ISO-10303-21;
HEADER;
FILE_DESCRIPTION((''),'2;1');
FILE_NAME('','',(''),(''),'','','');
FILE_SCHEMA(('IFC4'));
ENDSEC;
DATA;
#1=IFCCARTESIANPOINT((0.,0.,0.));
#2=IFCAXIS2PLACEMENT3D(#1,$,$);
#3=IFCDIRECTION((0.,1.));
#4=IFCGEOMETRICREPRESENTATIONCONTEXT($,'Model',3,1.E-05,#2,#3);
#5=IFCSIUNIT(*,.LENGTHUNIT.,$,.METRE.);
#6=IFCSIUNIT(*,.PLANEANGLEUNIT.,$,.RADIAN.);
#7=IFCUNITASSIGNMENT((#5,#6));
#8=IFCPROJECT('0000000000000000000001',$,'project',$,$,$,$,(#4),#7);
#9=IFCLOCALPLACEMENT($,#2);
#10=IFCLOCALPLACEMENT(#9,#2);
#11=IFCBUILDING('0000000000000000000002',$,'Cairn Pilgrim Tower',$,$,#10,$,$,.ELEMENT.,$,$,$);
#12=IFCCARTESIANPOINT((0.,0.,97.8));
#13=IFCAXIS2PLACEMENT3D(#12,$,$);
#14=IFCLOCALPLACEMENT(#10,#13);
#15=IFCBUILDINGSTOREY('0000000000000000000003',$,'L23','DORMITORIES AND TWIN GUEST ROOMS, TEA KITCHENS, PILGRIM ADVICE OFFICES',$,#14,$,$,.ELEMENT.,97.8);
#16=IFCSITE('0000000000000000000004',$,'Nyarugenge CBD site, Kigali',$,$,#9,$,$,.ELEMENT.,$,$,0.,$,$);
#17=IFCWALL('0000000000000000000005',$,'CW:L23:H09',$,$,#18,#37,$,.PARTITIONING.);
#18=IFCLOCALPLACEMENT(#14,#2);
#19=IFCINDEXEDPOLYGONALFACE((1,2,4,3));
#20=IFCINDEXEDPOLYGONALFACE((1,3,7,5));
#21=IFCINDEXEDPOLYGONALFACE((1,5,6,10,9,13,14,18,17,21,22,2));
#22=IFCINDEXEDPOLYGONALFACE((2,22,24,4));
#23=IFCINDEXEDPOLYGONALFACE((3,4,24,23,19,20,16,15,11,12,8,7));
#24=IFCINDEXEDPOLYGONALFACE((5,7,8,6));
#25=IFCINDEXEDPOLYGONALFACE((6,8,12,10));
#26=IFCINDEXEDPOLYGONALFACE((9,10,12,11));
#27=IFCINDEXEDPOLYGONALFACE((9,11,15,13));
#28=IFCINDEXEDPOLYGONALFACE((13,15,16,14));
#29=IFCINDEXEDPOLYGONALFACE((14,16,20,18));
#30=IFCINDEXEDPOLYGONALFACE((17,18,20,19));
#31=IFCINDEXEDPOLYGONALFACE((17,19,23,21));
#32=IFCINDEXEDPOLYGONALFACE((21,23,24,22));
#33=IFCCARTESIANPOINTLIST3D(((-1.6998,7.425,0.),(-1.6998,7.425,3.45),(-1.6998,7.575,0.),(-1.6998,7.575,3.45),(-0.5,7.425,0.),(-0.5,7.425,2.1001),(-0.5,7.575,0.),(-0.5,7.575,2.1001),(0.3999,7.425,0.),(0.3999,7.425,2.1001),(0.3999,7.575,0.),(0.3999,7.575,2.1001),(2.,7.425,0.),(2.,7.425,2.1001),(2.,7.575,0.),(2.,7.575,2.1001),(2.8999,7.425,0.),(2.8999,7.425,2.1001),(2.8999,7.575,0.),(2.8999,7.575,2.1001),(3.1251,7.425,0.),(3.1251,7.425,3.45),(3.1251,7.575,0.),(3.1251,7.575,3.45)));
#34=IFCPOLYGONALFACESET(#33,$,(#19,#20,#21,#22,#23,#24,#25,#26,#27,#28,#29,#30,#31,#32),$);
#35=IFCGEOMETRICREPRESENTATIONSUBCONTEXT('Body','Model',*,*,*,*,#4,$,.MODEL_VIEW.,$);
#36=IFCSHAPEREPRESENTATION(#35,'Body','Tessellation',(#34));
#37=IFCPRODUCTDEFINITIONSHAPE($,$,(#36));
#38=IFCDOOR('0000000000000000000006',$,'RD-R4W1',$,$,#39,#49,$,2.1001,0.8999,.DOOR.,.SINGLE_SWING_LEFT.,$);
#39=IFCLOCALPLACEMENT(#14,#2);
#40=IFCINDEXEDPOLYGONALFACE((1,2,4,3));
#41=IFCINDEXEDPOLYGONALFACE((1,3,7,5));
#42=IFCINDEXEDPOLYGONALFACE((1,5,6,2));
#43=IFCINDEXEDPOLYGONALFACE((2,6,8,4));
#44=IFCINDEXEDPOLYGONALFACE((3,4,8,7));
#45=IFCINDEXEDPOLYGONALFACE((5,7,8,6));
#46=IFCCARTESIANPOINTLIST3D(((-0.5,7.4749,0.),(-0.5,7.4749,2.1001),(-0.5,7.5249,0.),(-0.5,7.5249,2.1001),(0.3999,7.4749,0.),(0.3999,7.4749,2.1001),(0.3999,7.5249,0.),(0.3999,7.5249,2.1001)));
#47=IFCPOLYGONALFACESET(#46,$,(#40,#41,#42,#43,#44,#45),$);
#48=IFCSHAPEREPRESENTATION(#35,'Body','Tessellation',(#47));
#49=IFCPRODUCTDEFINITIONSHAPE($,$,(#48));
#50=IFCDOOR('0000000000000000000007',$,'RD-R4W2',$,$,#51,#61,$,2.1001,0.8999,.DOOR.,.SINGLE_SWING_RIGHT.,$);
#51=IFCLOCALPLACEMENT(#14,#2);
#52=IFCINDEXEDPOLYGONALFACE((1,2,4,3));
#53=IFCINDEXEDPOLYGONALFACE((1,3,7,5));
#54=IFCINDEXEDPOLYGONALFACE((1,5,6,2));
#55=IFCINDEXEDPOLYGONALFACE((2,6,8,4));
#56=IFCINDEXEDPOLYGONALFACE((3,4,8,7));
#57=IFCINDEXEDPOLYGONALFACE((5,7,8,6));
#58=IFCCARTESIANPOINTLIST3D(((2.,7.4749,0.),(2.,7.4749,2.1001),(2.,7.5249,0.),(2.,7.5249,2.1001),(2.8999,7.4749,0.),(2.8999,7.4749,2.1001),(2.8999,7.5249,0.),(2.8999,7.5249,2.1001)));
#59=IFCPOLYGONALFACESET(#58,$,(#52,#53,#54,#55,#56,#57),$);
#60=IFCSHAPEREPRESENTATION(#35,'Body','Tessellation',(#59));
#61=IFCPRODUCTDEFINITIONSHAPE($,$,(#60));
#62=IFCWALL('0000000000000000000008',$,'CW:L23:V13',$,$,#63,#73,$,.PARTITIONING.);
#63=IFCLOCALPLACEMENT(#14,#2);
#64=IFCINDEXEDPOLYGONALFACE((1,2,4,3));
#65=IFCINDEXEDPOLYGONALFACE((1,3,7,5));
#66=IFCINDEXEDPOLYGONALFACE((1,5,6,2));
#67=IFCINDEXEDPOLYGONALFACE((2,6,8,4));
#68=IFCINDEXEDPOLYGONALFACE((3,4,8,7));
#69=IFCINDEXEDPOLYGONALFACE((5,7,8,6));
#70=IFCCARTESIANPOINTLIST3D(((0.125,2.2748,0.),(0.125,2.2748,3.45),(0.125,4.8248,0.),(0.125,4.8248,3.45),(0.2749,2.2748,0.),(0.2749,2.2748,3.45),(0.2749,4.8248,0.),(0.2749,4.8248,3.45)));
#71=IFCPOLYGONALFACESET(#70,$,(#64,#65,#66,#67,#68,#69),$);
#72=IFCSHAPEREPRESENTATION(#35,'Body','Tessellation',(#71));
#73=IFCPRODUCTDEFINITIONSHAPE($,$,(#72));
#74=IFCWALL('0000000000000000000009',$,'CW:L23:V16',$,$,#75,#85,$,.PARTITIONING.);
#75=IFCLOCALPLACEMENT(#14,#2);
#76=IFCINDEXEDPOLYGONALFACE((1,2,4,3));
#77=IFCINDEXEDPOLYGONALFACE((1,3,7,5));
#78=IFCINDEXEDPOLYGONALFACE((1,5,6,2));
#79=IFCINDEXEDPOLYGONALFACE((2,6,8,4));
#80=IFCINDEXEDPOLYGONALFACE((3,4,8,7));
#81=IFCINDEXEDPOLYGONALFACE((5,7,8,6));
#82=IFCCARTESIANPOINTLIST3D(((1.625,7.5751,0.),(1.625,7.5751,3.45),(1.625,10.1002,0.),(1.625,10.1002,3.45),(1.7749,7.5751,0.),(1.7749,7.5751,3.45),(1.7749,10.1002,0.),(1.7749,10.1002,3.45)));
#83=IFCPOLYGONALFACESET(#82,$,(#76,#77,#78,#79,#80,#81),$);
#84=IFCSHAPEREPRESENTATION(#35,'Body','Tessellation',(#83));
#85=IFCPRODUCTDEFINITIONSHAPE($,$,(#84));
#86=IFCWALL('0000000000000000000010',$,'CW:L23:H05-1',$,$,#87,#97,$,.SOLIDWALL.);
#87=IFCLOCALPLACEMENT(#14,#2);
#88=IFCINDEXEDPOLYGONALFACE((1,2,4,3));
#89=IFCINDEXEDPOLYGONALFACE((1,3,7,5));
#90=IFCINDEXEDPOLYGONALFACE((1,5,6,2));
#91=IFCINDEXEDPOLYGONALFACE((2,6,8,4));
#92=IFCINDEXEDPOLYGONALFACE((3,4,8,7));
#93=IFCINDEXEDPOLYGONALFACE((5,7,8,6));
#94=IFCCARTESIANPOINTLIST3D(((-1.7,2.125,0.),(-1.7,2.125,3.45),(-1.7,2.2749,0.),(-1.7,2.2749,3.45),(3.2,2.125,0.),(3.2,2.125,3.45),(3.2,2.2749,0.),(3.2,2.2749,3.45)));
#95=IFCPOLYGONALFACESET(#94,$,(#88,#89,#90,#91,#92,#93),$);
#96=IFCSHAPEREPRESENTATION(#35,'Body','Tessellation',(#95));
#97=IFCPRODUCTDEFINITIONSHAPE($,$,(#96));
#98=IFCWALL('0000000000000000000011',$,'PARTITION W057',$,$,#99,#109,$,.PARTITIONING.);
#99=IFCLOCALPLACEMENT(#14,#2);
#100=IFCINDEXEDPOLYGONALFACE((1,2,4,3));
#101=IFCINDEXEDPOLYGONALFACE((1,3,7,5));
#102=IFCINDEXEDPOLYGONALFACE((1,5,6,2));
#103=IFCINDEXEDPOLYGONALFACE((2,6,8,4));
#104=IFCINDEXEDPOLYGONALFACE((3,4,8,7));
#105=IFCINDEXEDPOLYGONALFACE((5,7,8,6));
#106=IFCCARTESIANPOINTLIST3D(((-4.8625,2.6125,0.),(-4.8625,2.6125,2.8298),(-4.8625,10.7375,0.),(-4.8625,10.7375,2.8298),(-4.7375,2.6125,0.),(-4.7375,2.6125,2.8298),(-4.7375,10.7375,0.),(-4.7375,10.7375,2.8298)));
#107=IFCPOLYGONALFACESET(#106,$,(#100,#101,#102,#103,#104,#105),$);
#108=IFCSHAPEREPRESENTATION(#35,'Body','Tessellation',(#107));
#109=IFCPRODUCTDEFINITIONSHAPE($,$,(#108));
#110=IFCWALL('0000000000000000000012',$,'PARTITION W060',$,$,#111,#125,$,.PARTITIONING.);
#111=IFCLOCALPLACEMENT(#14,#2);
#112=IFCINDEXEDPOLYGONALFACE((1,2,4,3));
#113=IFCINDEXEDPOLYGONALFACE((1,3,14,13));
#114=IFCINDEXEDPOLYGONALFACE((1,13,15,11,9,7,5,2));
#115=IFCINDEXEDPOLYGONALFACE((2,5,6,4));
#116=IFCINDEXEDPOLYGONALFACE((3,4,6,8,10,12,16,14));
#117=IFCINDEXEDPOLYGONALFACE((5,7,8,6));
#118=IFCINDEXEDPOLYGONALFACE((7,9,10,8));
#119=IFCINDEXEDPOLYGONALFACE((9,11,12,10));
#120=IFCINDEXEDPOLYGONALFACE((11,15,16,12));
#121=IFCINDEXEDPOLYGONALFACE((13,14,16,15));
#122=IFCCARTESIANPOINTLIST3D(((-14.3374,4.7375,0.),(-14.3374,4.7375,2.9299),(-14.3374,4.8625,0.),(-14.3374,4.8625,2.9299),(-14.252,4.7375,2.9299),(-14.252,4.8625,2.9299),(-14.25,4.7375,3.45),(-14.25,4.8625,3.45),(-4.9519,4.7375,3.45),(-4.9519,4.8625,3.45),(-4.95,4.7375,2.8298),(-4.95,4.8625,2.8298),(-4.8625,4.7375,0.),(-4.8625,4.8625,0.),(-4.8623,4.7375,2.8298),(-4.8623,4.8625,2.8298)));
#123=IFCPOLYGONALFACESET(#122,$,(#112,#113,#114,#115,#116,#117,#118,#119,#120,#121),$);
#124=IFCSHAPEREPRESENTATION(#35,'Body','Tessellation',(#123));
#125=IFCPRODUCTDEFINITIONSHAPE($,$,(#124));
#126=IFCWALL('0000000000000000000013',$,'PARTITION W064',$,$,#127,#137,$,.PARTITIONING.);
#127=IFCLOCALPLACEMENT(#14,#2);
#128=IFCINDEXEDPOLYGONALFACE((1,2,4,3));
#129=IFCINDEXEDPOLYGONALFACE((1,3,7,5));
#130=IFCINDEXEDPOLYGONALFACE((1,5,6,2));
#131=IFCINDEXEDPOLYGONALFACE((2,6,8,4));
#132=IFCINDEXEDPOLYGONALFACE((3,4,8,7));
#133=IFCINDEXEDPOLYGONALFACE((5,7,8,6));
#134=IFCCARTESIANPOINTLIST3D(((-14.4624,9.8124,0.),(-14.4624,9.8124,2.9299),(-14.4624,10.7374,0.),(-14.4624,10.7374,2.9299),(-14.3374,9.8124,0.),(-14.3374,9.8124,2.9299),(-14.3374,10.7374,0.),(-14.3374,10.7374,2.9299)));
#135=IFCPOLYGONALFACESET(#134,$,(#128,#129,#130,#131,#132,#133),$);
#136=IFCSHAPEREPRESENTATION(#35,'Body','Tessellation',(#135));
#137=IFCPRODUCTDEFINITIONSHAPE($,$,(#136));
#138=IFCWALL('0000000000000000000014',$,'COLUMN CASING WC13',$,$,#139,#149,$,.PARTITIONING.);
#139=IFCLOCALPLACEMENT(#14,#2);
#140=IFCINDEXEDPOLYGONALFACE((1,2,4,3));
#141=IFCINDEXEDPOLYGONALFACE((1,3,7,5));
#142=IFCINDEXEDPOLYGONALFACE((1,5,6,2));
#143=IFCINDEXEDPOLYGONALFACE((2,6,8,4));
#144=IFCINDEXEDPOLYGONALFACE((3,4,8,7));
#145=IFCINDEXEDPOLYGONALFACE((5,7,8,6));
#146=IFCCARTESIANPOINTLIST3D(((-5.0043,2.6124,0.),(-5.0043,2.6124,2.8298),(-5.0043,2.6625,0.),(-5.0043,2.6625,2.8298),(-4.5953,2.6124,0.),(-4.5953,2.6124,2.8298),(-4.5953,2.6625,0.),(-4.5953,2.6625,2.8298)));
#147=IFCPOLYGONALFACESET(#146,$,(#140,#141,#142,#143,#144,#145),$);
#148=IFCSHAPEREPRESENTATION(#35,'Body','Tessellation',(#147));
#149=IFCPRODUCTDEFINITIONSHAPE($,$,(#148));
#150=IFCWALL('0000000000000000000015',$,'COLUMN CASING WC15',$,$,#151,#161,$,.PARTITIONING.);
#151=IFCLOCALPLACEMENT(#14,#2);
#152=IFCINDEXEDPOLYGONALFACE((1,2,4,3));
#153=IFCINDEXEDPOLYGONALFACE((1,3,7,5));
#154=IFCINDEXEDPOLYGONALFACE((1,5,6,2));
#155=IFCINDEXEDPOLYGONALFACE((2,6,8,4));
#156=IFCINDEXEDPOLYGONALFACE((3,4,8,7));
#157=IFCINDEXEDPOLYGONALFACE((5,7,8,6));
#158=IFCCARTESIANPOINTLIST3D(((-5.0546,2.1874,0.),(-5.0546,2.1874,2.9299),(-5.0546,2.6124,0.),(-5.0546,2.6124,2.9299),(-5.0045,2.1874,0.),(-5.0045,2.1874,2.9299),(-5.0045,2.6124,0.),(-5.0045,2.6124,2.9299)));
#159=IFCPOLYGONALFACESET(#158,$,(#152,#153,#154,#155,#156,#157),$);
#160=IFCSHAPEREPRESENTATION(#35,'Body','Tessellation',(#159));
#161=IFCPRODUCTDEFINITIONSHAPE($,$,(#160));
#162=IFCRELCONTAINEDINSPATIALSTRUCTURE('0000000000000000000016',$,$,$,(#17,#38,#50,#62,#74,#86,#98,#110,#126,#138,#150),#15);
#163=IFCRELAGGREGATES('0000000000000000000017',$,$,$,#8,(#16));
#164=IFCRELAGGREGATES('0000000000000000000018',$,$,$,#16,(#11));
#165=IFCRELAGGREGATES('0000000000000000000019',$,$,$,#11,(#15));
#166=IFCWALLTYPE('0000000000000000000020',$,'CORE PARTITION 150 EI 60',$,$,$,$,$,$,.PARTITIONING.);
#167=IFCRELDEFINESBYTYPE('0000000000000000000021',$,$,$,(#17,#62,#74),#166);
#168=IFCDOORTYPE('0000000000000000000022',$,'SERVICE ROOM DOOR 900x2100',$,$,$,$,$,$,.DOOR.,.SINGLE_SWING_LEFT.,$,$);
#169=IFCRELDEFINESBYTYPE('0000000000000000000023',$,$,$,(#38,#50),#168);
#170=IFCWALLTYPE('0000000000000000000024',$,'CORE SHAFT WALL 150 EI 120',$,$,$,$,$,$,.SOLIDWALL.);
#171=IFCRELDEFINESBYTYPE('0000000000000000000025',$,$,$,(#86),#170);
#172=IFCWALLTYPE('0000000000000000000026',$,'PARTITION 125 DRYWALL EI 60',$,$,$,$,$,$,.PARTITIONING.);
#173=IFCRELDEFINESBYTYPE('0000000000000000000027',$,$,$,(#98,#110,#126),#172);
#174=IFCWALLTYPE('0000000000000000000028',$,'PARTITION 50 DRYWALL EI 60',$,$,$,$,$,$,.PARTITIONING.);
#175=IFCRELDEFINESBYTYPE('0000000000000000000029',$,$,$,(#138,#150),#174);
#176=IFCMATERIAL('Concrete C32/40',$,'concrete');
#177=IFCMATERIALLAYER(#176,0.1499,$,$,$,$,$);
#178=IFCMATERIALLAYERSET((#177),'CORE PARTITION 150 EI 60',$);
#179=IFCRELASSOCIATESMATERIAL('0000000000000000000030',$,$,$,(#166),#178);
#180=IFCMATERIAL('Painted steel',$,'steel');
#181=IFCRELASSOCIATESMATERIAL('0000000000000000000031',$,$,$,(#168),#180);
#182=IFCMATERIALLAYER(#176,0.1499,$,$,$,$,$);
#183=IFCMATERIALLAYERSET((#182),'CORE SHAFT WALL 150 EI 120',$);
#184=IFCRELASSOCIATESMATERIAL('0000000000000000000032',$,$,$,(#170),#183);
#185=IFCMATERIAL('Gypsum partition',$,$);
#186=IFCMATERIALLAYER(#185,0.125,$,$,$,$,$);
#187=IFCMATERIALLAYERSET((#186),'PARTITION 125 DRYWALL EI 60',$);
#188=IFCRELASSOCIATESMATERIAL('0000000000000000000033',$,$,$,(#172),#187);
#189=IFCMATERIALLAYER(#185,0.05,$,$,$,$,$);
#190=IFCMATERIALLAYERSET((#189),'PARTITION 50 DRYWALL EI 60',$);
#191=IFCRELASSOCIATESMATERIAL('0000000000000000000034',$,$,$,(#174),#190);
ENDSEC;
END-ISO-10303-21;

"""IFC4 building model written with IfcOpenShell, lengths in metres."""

from ifc_helpers import new_model, si_unit, direction, frame, frame_2d, origin, place, context, subcontext, project, spatial, polyline, rectangle, outline, extrude, material, layer, layer_set, type_object, element, fill, save


model = new_model("IFC4")

# Units and contexts
model_context = context("Model", 3, precision=1e-05, world=origin(), true_north=direction((0.0, 1.0)))
body_context = subcontext(model_context, "Body", "Model", "MODEL_VIEW")
ifc_project = project(units=[si_unit("LENGTHUNIT", "METRE"), si_unit("PLANEANGLEUNIT", "RADIAN")], contexts=[model_context])

# Site, building, storey
site_placement = place(None, origin())
site = spatial("IfcSite", under=ifc_project, at=site_placement, Name="Nyarugenge CBD site, Kigali", CompositionType="ELEMENT", RefElevation=0.0)
building_placement = place(site_placement, origin())
building = spatial("IfcBuilding", under=site, at=building_placement, Name="Cairn Pilgrim Tower", CompositionType="ELEMENT")
storey_placement = place(building_placement, frame((0.0, 0.0, 97.8)))
storey = spatial("IfcBuildingStorey", under=building, at=storey_placement, Name="L23", Description="DORMITORIES AND TWIN GUEST ROOMS, TEA KITCHENS, PILGRIM ADVICE OFFICES", CompositionType="ELEMENT", Elevation=97.8)

# Shared definitions
ifc_material_1 = material(Name="Concrete C32/40", Category="concrete")

# Wall, openings, doors
ifc_layer_1 = layer(ifc_material_1, 0.1499)
ifc_layer_set_1 = layer_set([ifc_layer_1], Name="CORE PARTITION 150 EI 60")
wall_type_1 = type_object("IfcWallType", Name="CORE PARTITION 150 EI 60", PredefinedType="PARTITIONING", material=ifc_layer_set_1)
ifc_material_2 = material(Name="Painted steel", Category="steel")
door_type = type_object("IfcDoorType", Name="SERVICE ROOM DOOR 900x2100", OperationType="SINGLE_SWING_LEFT", PredefinedType="DOOR", material=ifc_material_2)
wall_1_placement = place(storey_placement, frame((-1.7, 7.5, 0.0), z_axis=(0.0, 0.0, 1.0), x_axis=(1.0, 0.0, 0.0)))
wall_1 = element("IfcWall", 1, at=wall_1_placement, inside=storey, type_object=wall_type_1, Name="CW:L23:H09", PredefinedType="PARTITIONING", context=body_context, shape_type="SweptSolid", body=[
    extrude(rectangle(XDim=4.825, YDim=0.1499, at=frame_2d((2.4126, 0.0))), origin(), (0.0, 0.0, 1.0), 3.45),
])
opening_1_placement = place(wall_1_placement, frame((1.2, 0.0, 0.0)))
opening_1 = element("IfcOpeningElement", 2, at=opening_1_placement, cuts=wall_1, PredefinedType="OPENING", context=body_context, shape_type="SweptSolid", body=[
    extrude(rectangle(XDim=0.8999, YDim=2.1001, at=frame_2d((0.45, 1.05))), frame((0.0, 0.085, 0.0), z_axis=(0.0, -1.0, 0.0), x_axis=(1.0, 0.0, 0.0)), (0.0, 0.0, 1.0), 0.1699),
])
opening_2_placement = place(wall_1_placement, frame((3.7, 0.0, 0.0)))
opening_2 = element("IfcOpeningElement", 3, at=opening_2_placement, cuts=wall_1, PredefinedType="OPENING", context=body_context, shape_type="SweptSolid", body=[
    extrude(rectangle(XDim=0.8999, YDim=2.1001, at=frame_2d((0.45, 1.05))), frame((0.0, 0.085, 0.0), z_axis=(0.0, -1.0, 0.0), x_axis=(1.0, 0.0, 0.0)), (0.0, 0.0, 1.0), 0.1699),
])
door_1_placement = place(opening_1_placement, origin())
door_1 = element("IfcDoor", 4, at=door_1_placement, inside=storey, type_object=door_type, Name="RD-R4W1", OperationType="SINGLE_SWING_LEFT", OverallHeight=2.1001, OverallWidth=0.8999, PredefinedType="DOOR", context=body_context, shape_type="SweptSolid", body=[
    extrude(rectangle(XDim=0.8999, YDim=2.1001, at=frame_2d((0.45, 1.05))), frame((0.0, 0.0249, 0.0), z_axis=(0.0, -1.0, 0.0), x_axis=(1.0, 0.0, 0.0)), (0.0, 0.0, 1.0), 0.05),
])
fill(opening_1, door_1)
door_2_placement = place(opening_2_placement, origin())
door_2 = element("IfcDoor", 5, at=door_2_placement, inside=storey, type_object=door_type, Name="RD-R4W2", OperationType="SINGLE_SWING_RIGHT", OverallHeight=2.1001, OverallWidth=0.8999, PredefinedType="DOOR", context=body_context, shape_type="SweptSolid", body=[
    extrude(rectangle(XDim=0.8999, YDim=2.1001, at=frame_2d((0.45, 1.05))), frame((0.0, 0.0249, 0.0), z_axis=(0.0, -1.0, 0.0), x_axis=(1.0, 0.0, 0.0)), (0.0, 0.0, 1.0), 0.05),
])
fill(opening_2, door_2)

# Walls
wall_2_placement = place(storey_placement, frame((0.2, 2.2749, 0.0), z_axis=(0.0, 0.0, 1.0), x_axis=(0.0, 1.0, 0.0)))
element("IfcWall", 6, at=wall_2_placement, inside=storey, type_object=wall_type_1, Name="CW:L23:V13", PredefinedType="PARTITIONING", context=body_context, shape_type="SweptSolid", body=[
    extrude(rectangle(XDim=2.55, YDim=0.1499, at=frame_2d((1.2749, 0.0))), origin(), (0.0, 0.0, 1.0), 3.45),
])
wall_3_placement = place(storey_placement, frame((1.7, 7.575, 0.0), z_axis=(0.0, 0.0, 1.0), x_axis=(0.0, 1.0, 0.0)))
element("IfcWall", 7, at=wall_3_placement, inside=storey, type_object=wall_type_1, Name="CW:L23:V16", PredefinedType="PARTITIONING", context=body_context, shape_type="SweptSolid", body=[
    extrude(rectangle(XDim=2.5251, YDim=0.1499, at=frame_2d((1.2627, 0.0))), origin(), (0.0, 0.0, 1.0), 3.45),
])
ifc_layer_2 = layer(ifc_material_1, 0.1499)
ifc_layer_set_2 = layer_set([ifc_layer_2], Name="CORE SHAFT WALL 150 EI 120")
wall_type_2 = type_object("IfcWallType", Name="CORE SHAFT WALL 150 EI 120", PredefinedType="SOLIDWALL", material=ifc_layer_set_2)
wall_4_placement = place(storey_placement, frame((-1.7, 2.2, 0.0), z_axis=(0.0, 0.0, 1.0), x_axis=(1.0, 0.0, 0.0)))
element("IfcWall", 8, at=wall_4_placement, inside=storey, type_object=wall_type_2, Name="CW:L23:H05-1", PredefinedType="SOLIDWALL", context=body_context, shape_type="SweptSolid", body=[
    extrude(rectangle(XDim=4.8999, YDim=0.1499, at=frame_2d((2.45, 0.0))), origin(), (0.0, 0.0, 1.0), 3.45),
])
ifc_material_3 = material(Name="Gypsum partition")
ifc_layer_3 = layer(ifc_material_3, 0.125)
ifc_layer_set_3 = layer_set([ifc_layer_3], Name="PARTITION 125 DRYWALL EI 60")
wall_type_3 = type_object("IfcWallType", Name="PARTITION 125 DRYWALL EI 60", PredefinedType="PARTITIONING", material=ifc_layer_set_3)
wall_5_placement = place(storey_placement, frame((-4.8, 2.6125, 0.0), z_axis=(0.0, 0.0, 1.0), x_axis=(0.0, 1.0, 0.0)))
element("IfcWall", 9, at=wall_5_placement, inside=storey, type_object=wall_type_3, Name="PARTITION W057", PredefinedType="PARTITIONING", context=body_context, shape_type="SweptSolid", body=[
    extrude(rectangle(XDim=8.125, YDim=0.125, at=frame_2d((4.0625, 0.0))), origin(), (0.0, 0.0, 1.0), 2.8298),
])
wall_6_placement = place(storey_placement, frame((-14.3374, 4.8, 0.0), z_axis=(0.0, 0.0, 1.0), x_axis=(1.0, 0.0, 0.0)))
element("IfcWall", 10, at=wall_6_placement, inside=storey, type_object=wall_type_3, Name="PARTITION W060", PredefinedType="PARTITIONING", context=body_context, shape_type="SweptSolid", body=[
    extrude(outline(polyline([(0.0, 0.0), (9.4749, 0.0), (9.4751, 2.8298), (9.3875, 2.8298), (9.3855, 3.45), (0.0874, 3.45), (0.0854, 2.9299), (0.0, 2.9299), (0.0, 0.0)])), frame((0.0, 0.0625, 0.0), z_axis=(0.0, -1.0, 0.0), x_axis=(1.0, 0.0, 0.0)), (0.0, 0.0, 1.0), 0.125),
])
wall_7_placement = place(storey_placement, frame((-14.3999, 9.8125, 0.0), z_axis=(0.0, 0.0, 1.0), x_axis=(0.0, 1.0, 0.0)))
element("IfcWall", 11, at=wall_7_placement, inside=storey, type_object=wall_type_3, Name="PARTITION W064", PredefinedType="PARTITIONING", context=body_context, shape_type="SweptSolid", body=[
    extrude(rectangle(XDim=0.925, YDim=0.125, at=frame_2d((0.4624, 0.0))), origin(), (0.0, 0.0, 1.0), 2.9299),
])
ifc_layer_4 = layer(ifc_material_3, 0.05)
ifc_layer_set_4 = layer_set([ifc_layer_4], Name="PARTITION 50 DRYWALL EI 60")
wall_type_4 = type_object("IfcWallType", Name="PARTITION 50 DRYWALL EI 60", PredefinedType="PARTITIONING", material=ifc_layer_set_4)
wall_8_placement = place(storey_placement, frame((-5.0044, 2.6375, 0.0), z_axis=(0.0, 0.0, 1.0), x_axis=(1.0, 0.0, 0.0)))
element("IfcWall", 12, at=wall_8_placement, inside=storey, type_object=wall_type_4, Name="COLUMN CASING WC13", PredefinedType="PARTITIONING", context=body_context, shape_type="SweptSolid", body=[
    extrude(rectangle(XDim=0.4089, YDim=0.05, at=frame_2d((0.2046, 0.0))), origin(), (0.0, 0.0, 1.0), 2.8298),
])
wall_9_placement = place(storey_placement, frame((-5.0295, 2.1875, 0.0), z_axis=(0.0, 0.0, 1.0), x_axis=(0.0, 1.0, 0.0)))
element("IfcWall", 13, at=wall_9_placement, inside=storey, type_object=wall_type_4, Name="COLUMN CASING WC15", PredefinedType="PARTITIONING", context=body_context, shape_type="SweptSolid", body=[
    extrude(rectangle(XDim=0.425, YDim=0.05, at=frame_2d((0.2124, 0.0))), origin(), (0.0, 0.0, 1.0), 2.9299),
])

save(model, "model.ifc")
